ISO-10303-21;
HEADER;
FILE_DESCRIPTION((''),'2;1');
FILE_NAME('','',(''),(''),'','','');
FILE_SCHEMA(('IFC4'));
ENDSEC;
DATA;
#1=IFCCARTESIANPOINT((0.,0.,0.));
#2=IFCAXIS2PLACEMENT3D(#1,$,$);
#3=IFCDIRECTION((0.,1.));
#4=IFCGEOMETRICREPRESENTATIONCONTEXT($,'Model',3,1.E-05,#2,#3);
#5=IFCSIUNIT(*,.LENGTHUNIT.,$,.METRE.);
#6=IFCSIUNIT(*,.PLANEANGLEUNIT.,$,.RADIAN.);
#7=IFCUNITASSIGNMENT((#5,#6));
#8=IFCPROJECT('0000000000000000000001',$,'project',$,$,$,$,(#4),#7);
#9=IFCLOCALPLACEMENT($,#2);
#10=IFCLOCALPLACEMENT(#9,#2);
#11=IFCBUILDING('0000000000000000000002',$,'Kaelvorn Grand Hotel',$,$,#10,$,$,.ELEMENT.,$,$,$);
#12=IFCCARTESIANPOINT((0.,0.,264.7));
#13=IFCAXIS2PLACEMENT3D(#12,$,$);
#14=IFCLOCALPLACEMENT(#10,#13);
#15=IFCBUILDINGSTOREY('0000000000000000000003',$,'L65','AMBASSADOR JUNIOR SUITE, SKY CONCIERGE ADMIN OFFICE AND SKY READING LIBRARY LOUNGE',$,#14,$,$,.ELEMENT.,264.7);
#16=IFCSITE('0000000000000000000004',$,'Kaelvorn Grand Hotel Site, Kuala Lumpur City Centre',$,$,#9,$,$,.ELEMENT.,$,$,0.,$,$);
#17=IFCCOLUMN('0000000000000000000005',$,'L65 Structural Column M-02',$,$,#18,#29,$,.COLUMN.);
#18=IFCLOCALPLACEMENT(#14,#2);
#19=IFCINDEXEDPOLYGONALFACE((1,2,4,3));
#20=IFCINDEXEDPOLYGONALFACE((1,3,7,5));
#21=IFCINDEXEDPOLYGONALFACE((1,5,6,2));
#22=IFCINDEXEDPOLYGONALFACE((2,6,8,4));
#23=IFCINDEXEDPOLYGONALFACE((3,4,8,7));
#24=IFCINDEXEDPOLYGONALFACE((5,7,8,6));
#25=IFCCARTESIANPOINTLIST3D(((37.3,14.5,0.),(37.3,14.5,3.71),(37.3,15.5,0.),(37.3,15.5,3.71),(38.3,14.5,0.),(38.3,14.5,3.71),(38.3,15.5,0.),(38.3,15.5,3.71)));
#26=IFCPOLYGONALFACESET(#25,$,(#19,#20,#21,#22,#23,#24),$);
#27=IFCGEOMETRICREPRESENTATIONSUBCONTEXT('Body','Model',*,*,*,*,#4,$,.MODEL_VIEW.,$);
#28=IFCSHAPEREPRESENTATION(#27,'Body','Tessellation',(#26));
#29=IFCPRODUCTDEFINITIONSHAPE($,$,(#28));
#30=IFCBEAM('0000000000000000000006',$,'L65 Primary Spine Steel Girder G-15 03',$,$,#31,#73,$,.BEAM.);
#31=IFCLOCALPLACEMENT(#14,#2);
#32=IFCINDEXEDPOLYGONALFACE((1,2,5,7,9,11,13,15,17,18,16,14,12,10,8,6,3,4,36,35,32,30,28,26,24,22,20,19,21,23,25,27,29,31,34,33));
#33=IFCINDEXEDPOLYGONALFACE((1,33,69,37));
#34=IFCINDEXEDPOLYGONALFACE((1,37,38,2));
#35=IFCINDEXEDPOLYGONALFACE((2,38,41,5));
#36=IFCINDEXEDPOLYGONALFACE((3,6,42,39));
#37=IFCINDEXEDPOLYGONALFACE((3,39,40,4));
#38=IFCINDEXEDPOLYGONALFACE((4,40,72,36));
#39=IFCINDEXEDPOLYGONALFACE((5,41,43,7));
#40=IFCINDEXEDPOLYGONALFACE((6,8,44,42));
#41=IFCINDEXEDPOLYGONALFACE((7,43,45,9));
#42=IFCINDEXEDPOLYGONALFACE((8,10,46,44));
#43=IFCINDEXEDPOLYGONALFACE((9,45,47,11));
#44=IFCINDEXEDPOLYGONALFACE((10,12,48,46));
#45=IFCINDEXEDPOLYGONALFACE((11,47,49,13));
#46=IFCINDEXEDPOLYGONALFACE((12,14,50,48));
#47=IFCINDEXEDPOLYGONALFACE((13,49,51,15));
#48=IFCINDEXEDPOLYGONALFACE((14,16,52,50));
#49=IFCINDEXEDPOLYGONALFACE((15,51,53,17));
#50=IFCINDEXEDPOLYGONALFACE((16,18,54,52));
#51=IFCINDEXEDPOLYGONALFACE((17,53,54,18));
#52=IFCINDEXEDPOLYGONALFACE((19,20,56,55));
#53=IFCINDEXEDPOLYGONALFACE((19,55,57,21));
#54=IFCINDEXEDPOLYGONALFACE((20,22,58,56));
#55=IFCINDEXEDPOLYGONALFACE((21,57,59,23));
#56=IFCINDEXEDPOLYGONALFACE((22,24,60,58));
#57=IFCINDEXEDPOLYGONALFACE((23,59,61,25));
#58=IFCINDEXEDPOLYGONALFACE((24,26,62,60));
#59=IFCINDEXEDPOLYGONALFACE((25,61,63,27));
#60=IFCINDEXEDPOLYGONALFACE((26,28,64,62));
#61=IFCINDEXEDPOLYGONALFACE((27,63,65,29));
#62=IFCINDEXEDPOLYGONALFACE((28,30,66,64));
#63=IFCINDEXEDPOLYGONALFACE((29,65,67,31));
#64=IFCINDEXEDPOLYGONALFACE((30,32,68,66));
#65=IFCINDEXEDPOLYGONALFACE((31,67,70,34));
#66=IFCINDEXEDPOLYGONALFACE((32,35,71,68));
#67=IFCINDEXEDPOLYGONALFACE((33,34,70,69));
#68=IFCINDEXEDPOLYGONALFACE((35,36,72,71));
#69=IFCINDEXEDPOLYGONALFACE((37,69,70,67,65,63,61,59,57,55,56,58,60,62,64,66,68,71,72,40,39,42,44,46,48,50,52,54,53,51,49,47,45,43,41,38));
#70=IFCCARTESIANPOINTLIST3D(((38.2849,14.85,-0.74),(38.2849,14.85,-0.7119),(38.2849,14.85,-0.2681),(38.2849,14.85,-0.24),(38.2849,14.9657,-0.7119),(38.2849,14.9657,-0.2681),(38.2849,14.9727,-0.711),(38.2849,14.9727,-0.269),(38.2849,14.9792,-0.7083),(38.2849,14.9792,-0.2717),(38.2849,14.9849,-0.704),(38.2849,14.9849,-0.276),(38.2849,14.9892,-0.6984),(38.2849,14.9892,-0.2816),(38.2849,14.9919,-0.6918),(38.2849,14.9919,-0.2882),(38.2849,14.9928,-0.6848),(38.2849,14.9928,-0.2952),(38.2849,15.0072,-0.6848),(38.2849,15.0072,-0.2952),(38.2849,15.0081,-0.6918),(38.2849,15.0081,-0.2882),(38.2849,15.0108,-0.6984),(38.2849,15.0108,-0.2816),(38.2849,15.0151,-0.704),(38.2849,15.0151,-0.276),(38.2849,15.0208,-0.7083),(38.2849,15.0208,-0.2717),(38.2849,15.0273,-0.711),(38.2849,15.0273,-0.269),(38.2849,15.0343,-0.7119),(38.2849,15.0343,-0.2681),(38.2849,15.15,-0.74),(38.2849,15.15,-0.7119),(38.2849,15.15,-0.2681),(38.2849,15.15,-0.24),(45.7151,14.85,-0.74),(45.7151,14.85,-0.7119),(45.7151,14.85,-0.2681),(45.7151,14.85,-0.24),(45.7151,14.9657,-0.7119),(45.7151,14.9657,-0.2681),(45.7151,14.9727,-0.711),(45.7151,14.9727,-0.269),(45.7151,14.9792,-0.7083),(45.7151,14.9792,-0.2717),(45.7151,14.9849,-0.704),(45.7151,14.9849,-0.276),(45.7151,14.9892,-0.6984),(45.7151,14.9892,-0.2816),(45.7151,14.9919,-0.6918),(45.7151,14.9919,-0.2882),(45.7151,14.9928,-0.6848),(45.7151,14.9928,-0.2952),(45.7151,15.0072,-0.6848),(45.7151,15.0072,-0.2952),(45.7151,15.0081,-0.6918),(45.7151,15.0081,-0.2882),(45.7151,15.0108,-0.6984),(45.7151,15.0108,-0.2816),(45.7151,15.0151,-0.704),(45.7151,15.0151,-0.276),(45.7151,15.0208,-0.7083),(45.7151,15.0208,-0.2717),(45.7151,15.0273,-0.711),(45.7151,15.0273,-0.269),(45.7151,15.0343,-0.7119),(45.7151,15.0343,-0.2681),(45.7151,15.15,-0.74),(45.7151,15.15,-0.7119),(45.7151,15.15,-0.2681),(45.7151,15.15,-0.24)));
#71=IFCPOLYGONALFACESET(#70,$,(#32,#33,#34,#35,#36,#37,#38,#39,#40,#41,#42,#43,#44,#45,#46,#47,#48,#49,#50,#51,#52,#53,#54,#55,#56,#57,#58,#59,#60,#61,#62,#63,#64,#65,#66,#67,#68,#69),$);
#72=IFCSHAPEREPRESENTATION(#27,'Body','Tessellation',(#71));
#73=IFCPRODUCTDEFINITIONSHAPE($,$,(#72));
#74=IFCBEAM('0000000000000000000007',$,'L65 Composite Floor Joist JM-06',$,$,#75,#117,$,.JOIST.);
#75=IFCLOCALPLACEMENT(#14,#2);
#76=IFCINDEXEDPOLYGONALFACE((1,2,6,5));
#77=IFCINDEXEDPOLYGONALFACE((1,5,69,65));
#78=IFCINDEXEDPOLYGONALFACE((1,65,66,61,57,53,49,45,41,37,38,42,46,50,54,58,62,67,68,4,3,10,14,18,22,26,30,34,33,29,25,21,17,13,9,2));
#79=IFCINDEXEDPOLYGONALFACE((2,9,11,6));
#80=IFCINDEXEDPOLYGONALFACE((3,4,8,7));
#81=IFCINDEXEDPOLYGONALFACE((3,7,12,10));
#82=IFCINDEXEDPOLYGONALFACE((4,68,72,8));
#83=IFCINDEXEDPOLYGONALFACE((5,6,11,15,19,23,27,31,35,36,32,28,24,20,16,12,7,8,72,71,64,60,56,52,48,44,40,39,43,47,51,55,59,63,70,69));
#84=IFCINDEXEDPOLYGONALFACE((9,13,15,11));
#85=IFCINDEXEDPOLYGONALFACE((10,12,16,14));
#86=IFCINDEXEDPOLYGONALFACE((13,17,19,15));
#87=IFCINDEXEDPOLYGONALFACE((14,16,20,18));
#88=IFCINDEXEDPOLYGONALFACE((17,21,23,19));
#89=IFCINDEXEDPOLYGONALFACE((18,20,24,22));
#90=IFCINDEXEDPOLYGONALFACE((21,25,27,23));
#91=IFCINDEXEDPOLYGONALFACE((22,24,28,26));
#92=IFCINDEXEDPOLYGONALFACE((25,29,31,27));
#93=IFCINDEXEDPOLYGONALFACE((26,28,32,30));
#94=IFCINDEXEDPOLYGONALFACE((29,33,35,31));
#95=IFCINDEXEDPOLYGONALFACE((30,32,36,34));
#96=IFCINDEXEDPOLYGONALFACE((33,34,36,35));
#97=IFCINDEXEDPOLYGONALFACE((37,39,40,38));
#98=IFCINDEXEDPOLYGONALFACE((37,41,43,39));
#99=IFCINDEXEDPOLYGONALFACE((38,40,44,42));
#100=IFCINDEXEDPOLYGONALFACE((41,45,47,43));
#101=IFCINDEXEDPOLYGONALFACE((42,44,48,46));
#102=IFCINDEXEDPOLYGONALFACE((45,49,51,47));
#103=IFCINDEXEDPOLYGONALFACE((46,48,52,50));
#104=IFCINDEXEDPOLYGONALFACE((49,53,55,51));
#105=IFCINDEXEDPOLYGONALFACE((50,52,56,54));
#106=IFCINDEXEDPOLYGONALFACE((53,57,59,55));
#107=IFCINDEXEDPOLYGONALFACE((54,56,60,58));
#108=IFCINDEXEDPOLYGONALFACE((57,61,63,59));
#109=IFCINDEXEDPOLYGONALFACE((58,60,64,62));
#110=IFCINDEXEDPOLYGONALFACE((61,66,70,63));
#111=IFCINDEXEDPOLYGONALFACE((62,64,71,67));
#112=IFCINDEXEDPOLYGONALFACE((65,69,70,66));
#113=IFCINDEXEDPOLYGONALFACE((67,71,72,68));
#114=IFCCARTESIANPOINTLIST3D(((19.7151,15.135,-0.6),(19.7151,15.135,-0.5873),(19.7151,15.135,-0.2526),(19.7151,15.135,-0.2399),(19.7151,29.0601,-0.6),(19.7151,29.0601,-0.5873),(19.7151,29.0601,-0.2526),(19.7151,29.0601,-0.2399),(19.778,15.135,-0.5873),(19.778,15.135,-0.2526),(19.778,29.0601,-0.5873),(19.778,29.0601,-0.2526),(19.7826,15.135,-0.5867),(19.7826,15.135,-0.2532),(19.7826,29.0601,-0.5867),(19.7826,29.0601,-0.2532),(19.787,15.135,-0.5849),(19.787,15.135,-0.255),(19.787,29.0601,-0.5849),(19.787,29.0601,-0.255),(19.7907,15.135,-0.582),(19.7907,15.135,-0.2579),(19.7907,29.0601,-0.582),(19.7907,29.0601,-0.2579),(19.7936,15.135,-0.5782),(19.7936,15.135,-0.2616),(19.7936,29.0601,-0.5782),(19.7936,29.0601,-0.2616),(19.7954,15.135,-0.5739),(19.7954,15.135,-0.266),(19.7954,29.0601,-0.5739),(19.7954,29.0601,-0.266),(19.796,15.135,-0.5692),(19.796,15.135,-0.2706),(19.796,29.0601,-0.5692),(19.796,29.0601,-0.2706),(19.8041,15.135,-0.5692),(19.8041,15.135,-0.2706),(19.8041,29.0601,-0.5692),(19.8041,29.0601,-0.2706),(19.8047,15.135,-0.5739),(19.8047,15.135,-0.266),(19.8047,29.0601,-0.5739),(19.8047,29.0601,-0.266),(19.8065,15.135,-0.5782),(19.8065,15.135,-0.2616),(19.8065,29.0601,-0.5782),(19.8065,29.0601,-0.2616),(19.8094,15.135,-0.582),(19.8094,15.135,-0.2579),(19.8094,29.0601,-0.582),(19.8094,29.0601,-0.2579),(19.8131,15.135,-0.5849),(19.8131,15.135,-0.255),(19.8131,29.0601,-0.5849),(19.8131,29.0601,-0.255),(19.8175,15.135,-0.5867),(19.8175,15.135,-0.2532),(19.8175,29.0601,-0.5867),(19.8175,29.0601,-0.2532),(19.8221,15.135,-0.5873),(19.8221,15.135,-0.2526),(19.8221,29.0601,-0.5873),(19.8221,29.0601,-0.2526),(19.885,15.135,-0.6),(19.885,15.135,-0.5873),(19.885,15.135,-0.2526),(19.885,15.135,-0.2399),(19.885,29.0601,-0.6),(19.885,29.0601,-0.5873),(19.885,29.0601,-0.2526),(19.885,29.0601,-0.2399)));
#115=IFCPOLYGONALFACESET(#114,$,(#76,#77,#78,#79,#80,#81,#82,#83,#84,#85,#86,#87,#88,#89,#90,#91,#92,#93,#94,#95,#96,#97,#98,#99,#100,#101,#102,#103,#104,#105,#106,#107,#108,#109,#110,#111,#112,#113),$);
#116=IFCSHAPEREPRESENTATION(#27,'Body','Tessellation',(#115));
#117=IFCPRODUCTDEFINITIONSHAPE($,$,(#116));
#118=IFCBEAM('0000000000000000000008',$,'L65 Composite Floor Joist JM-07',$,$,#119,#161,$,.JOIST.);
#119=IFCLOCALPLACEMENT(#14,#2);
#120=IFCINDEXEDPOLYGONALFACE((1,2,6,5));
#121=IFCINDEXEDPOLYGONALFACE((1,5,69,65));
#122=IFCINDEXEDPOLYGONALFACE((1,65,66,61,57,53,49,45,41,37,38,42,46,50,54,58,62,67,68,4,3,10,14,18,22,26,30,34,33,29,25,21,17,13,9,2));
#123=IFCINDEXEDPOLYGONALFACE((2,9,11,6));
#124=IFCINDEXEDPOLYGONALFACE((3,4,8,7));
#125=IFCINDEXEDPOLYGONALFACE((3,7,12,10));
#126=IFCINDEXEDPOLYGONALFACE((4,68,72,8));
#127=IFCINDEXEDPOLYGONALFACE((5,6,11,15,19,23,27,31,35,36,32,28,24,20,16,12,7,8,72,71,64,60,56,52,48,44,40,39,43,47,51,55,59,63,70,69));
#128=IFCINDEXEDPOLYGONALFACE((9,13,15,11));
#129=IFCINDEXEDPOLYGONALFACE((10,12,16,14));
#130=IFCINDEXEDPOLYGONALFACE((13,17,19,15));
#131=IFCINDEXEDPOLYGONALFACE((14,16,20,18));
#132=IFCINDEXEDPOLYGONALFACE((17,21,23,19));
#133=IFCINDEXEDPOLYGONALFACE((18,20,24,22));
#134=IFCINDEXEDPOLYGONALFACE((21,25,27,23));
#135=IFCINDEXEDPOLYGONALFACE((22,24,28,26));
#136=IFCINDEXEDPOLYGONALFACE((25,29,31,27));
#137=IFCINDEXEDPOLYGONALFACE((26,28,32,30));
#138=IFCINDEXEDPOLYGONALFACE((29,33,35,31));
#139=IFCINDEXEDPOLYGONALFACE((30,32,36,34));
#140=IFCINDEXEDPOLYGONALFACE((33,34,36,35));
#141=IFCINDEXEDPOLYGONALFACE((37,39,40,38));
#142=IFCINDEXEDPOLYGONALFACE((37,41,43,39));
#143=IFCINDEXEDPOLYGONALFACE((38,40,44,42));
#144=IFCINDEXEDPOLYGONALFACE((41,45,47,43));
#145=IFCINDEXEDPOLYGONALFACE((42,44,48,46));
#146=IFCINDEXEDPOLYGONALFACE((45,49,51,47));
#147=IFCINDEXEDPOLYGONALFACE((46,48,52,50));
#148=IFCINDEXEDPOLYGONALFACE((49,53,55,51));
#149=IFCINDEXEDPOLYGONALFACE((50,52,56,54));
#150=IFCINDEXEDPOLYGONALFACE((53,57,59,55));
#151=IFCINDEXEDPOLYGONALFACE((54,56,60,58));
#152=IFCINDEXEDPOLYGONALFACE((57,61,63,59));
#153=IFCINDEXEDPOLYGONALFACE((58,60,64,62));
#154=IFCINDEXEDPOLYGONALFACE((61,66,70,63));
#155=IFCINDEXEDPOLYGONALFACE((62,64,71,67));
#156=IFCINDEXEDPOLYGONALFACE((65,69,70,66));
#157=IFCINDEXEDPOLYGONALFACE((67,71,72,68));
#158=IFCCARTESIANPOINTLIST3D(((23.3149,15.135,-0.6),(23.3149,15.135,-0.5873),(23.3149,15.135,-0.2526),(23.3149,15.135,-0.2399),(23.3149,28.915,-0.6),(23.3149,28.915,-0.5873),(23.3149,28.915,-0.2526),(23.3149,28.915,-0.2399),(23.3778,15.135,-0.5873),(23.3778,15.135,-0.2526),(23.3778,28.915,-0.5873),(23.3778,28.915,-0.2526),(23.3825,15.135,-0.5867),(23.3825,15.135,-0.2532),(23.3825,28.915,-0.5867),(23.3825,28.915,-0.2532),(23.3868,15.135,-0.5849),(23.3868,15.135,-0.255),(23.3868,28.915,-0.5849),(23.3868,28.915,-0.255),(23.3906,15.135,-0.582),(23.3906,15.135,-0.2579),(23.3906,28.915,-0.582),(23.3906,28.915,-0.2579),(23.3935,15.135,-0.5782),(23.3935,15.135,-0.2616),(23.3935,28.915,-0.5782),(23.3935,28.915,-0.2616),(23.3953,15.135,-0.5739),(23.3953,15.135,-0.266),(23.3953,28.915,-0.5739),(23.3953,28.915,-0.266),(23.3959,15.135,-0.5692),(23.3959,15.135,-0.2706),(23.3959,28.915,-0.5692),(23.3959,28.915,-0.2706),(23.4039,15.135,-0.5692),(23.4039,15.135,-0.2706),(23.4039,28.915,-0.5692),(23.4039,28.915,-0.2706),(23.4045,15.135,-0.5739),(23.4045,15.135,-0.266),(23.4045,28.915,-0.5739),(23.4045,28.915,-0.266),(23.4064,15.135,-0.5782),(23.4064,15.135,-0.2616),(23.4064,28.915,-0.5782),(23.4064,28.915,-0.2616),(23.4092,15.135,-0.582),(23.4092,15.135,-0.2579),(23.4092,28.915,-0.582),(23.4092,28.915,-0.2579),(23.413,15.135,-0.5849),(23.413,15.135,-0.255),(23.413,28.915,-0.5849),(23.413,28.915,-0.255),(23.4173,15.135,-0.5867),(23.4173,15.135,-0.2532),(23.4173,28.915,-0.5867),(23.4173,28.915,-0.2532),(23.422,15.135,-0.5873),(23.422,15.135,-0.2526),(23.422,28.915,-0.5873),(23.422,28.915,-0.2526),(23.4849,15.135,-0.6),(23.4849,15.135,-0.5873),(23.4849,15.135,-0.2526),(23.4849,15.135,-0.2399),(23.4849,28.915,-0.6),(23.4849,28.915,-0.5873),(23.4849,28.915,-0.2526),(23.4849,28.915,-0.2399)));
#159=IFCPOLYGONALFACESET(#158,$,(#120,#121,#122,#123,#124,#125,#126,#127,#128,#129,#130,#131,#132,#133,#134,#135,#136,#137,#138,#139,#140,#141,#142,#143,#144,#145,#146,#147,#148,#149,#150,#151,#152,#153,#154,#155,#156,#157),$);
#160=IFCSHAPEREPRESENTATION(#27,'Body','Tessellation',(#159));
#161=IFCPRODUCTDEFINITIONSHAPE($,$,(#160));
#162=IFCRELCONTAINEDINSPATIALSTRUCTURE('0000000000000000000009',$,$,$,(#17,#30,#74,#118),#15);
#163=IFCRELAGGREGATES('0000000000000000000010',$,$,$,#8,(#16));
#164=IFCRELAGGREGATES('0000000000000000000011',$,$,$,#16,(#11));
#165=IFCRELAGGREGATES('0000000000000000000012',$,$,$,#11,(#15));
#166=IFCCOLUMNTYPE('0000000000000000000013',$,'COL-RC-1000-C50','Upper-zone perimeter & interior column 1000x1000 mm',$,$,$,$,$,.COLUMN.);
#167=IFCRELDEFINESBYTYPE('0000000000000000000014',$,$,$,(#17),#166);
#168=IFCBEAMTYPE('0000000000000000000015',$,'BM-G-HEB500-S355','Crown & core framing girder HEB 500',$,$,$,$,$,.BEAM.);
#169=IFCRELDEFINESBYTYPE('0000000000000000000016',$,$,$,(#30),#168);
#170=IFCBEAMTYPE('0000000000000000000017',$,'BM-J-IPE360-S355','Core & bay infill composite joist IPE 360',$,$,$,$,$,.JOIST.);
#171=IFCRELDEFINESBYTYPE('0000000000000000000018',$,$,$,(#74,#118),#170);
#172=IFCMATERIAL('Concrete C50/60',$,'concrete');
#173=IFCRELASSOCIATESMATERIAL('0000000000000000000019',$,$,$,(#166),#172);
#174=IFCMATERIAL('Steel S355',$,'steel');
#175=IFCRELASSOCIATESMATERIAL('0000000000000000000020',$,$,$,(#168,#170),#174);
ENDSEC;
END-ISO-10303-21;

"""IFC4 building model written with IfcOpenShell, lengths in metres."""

from ifc_helpers import new_model, si_unit, direction, frame, origin, origin_2d, place, context, subcontext, project, spatial, rectangle, i_section, extrude, material, material_profile, profile_set, type_object, element, save


model = new_model("IFC4")

# Units and contexts
model_context = context("Model", 3, precision=1e-05, world=origin(), true_north=direction((0.0, 1.0)))
body_context = subcontext(model_context, "Body", "Model", "MODEL_VIEW")
ifc_project = project(units=[si_unit("LENGTHUNIT", "METRE"), si_unit("PLANEANGLEUNIT", "RADIAN")], contexts=[model_context])

# Site, building, storey
site_placement = place(None, origin())
site = spatial("IfcSite", under=ifc_project, at=site_placement, Name="Kaelvorn Grand Hotel Site, Kuala Lumpur City Centre", CompositionType="ELEMENT", RefElevation=0.0)
building_placement = place(site_placement, origin())
building = spatial("IfcBuilding", under=site, at=building_placement, Name="Kaelvorn Grand Hotel", CompositionType="ELEMENT")
storey_placement = place(building_placement, frame((0.0, 0.0, 264.7)))
storey = spatial("IfcBuildingStorey", under=building, at=storey_placement, Name="L65", Description="AMBASSADOR JUNIOR SUITE, SKY CONCIERGE ADMIN OFFICE AND SKY READING LIBRARY LOUNGE", CompositionType="ELEMENT", Elevation=264.7)

# Column
ifc_material_1 = material(Name="Concrete C50/60", Category="concrete")
ifc_material_profile_1 = material_profile(ifc_material_1, rectangle(XDim=1.0, YDim=1.0, at=origin_2d()), Name="RC COL 1000x1000")
ifc_profile_set_1 = profile_set([ifc_material_profile_1], Name="Concrete C50/60")
column_type = type_object("IfcColumnType", Name="COL-RC-1000-C50", Description="Upper-zone perimeter & interior column 1000x1000 mm", PredefinedType="COLUMN", material=ifc_profile_set_1)
column_placement = place(storey_placement, frame((37.8, 15.0, 0.0), z_axis=(0.0, 0.0, 1.0), x_axis=(1.0, 0.0, 0.0)))
element("IfcColumn", 1, at=column_placement, inside=storey, type_object=column_type, Name="L65 Structural Column M-02", PredefinedType="COLUMN", context=body_context, shape_type="SweptSolid", body=[
    extrude(rectangle(XDim=1.0, YDim=1.0, at=origin_2d()), origin(), (0.0, 0.0, 1.0), 3.71),
])

# Beams
ifc_material_2 = material(Name="Steel S355", Category="steel")
ifc_material_profile_2 = material_profile(ifc_material_2, i_section(OverallWidth=0.3, OverallDepth=0.5, WebThickness=0.0144, FlangeThickness=0.0281, FilletRadius=0.0271, at=origin_2d()), Name="HEB 500")
ifc_profile_set_2 = profile_set([ifc_material_profile_2], Name="Steel S355")
beam_type_1 = type_object("IfcBeamType", Name="BM-G-HEB500-S355", Description="Crown & core framing girder HEB 500", PredefinedType="BEAM", material=ifc_profile_set_2)
beam_1_placement = place(storey_placement, frame((38.2849, 15.0, -0.49), z_axis=(1.0, 0.0, 0.0), x_axis=(0.0, 1.0, 0.0)))
element("IfcBeam", 2, at=beam_1_placement, inside=storey, type_object=beam_type_1, Name="L65 Primary Spine Steel Girder G-15 03", PredefinedType="BEAM", context=body_context, shape_type="SweptSolid", body=[
    extrude(i_section(OverallWidth=0.3, OverallDepth=0.5, WebThickness=0.0144, FlangeThickness=0.0281, FilletRadius=0.0271, at=origin_2d()), origin(), (0.0, 0.0, 1.0), 7.4302),
])
ifc_material_profile_3 = material_profile(ifc_material_2, i_section(OverallWidth=0.1699, OverallDepth=0.3601, WebThickness=0.0081, FlangeThickness=0.0127, FilletRadius=0.0181, at=origin_2d()), Name="IPE 360")
ifc_profile_set_3 = profile_set([ifc_material_profile_3], Name="Steel S355")
beam_type_2 = type_object("IfcBeamType", Name="BM-J-IPE360-S355", Description="Core & bay infill composite joist IPE 360", PredefinedType="JOIST", material=ifc_profile_set_3)
beam_2_placement = place(storey_placement, frame((19.8, 15.135, -0.4199), z_axis=(0.0, 1.0, 0.0), x_axis=(-1.0, 0.0, 0.0)))
element("IfcBeam", 3, at=beam_2_placement, inside=storey, type_object=beam_type_2, Name="L65 Composite Floor Joist JM-06", PredefinedType="JOIST", context=body_context, shape_type="SweptSolid", body=[
    extrude(i_section(OverallWidth=0.1699, OverallDepth=0.3601, WebThickness=0.0081, FlangeThickness=0.0127, FilletRadius=0.0181, at=origin_2d()), origin(), (0.0, 0.0, 1.0), 13.925),
])
beam_3_placement = place(storey_placement, frame((23.3999, 15.135, -0.4199), z_axis=(0.0, 1.0, 0.0), x_axis=(-1.0, 0.0, 0.0)))
element("IfcBeam", 4, at=beam_3_placement, inside=storey, type_object=beam_type_2, Name="L65 Composite Floor Joist JM-07", PredefinedType="JOIST", context=body_context, shape_type="SweptSolid", body=[
    extrude(i_section(OverallWidth=0.1699, OverallDepth=0.3601, WebThickness=0.0081, FlangeThickness=0.0127, FilletRadius=0.0181, at=origin_2d()), origin(), (0.0, 0.0, 1.0), 13.78),
])

save(model, "model.ifc")
